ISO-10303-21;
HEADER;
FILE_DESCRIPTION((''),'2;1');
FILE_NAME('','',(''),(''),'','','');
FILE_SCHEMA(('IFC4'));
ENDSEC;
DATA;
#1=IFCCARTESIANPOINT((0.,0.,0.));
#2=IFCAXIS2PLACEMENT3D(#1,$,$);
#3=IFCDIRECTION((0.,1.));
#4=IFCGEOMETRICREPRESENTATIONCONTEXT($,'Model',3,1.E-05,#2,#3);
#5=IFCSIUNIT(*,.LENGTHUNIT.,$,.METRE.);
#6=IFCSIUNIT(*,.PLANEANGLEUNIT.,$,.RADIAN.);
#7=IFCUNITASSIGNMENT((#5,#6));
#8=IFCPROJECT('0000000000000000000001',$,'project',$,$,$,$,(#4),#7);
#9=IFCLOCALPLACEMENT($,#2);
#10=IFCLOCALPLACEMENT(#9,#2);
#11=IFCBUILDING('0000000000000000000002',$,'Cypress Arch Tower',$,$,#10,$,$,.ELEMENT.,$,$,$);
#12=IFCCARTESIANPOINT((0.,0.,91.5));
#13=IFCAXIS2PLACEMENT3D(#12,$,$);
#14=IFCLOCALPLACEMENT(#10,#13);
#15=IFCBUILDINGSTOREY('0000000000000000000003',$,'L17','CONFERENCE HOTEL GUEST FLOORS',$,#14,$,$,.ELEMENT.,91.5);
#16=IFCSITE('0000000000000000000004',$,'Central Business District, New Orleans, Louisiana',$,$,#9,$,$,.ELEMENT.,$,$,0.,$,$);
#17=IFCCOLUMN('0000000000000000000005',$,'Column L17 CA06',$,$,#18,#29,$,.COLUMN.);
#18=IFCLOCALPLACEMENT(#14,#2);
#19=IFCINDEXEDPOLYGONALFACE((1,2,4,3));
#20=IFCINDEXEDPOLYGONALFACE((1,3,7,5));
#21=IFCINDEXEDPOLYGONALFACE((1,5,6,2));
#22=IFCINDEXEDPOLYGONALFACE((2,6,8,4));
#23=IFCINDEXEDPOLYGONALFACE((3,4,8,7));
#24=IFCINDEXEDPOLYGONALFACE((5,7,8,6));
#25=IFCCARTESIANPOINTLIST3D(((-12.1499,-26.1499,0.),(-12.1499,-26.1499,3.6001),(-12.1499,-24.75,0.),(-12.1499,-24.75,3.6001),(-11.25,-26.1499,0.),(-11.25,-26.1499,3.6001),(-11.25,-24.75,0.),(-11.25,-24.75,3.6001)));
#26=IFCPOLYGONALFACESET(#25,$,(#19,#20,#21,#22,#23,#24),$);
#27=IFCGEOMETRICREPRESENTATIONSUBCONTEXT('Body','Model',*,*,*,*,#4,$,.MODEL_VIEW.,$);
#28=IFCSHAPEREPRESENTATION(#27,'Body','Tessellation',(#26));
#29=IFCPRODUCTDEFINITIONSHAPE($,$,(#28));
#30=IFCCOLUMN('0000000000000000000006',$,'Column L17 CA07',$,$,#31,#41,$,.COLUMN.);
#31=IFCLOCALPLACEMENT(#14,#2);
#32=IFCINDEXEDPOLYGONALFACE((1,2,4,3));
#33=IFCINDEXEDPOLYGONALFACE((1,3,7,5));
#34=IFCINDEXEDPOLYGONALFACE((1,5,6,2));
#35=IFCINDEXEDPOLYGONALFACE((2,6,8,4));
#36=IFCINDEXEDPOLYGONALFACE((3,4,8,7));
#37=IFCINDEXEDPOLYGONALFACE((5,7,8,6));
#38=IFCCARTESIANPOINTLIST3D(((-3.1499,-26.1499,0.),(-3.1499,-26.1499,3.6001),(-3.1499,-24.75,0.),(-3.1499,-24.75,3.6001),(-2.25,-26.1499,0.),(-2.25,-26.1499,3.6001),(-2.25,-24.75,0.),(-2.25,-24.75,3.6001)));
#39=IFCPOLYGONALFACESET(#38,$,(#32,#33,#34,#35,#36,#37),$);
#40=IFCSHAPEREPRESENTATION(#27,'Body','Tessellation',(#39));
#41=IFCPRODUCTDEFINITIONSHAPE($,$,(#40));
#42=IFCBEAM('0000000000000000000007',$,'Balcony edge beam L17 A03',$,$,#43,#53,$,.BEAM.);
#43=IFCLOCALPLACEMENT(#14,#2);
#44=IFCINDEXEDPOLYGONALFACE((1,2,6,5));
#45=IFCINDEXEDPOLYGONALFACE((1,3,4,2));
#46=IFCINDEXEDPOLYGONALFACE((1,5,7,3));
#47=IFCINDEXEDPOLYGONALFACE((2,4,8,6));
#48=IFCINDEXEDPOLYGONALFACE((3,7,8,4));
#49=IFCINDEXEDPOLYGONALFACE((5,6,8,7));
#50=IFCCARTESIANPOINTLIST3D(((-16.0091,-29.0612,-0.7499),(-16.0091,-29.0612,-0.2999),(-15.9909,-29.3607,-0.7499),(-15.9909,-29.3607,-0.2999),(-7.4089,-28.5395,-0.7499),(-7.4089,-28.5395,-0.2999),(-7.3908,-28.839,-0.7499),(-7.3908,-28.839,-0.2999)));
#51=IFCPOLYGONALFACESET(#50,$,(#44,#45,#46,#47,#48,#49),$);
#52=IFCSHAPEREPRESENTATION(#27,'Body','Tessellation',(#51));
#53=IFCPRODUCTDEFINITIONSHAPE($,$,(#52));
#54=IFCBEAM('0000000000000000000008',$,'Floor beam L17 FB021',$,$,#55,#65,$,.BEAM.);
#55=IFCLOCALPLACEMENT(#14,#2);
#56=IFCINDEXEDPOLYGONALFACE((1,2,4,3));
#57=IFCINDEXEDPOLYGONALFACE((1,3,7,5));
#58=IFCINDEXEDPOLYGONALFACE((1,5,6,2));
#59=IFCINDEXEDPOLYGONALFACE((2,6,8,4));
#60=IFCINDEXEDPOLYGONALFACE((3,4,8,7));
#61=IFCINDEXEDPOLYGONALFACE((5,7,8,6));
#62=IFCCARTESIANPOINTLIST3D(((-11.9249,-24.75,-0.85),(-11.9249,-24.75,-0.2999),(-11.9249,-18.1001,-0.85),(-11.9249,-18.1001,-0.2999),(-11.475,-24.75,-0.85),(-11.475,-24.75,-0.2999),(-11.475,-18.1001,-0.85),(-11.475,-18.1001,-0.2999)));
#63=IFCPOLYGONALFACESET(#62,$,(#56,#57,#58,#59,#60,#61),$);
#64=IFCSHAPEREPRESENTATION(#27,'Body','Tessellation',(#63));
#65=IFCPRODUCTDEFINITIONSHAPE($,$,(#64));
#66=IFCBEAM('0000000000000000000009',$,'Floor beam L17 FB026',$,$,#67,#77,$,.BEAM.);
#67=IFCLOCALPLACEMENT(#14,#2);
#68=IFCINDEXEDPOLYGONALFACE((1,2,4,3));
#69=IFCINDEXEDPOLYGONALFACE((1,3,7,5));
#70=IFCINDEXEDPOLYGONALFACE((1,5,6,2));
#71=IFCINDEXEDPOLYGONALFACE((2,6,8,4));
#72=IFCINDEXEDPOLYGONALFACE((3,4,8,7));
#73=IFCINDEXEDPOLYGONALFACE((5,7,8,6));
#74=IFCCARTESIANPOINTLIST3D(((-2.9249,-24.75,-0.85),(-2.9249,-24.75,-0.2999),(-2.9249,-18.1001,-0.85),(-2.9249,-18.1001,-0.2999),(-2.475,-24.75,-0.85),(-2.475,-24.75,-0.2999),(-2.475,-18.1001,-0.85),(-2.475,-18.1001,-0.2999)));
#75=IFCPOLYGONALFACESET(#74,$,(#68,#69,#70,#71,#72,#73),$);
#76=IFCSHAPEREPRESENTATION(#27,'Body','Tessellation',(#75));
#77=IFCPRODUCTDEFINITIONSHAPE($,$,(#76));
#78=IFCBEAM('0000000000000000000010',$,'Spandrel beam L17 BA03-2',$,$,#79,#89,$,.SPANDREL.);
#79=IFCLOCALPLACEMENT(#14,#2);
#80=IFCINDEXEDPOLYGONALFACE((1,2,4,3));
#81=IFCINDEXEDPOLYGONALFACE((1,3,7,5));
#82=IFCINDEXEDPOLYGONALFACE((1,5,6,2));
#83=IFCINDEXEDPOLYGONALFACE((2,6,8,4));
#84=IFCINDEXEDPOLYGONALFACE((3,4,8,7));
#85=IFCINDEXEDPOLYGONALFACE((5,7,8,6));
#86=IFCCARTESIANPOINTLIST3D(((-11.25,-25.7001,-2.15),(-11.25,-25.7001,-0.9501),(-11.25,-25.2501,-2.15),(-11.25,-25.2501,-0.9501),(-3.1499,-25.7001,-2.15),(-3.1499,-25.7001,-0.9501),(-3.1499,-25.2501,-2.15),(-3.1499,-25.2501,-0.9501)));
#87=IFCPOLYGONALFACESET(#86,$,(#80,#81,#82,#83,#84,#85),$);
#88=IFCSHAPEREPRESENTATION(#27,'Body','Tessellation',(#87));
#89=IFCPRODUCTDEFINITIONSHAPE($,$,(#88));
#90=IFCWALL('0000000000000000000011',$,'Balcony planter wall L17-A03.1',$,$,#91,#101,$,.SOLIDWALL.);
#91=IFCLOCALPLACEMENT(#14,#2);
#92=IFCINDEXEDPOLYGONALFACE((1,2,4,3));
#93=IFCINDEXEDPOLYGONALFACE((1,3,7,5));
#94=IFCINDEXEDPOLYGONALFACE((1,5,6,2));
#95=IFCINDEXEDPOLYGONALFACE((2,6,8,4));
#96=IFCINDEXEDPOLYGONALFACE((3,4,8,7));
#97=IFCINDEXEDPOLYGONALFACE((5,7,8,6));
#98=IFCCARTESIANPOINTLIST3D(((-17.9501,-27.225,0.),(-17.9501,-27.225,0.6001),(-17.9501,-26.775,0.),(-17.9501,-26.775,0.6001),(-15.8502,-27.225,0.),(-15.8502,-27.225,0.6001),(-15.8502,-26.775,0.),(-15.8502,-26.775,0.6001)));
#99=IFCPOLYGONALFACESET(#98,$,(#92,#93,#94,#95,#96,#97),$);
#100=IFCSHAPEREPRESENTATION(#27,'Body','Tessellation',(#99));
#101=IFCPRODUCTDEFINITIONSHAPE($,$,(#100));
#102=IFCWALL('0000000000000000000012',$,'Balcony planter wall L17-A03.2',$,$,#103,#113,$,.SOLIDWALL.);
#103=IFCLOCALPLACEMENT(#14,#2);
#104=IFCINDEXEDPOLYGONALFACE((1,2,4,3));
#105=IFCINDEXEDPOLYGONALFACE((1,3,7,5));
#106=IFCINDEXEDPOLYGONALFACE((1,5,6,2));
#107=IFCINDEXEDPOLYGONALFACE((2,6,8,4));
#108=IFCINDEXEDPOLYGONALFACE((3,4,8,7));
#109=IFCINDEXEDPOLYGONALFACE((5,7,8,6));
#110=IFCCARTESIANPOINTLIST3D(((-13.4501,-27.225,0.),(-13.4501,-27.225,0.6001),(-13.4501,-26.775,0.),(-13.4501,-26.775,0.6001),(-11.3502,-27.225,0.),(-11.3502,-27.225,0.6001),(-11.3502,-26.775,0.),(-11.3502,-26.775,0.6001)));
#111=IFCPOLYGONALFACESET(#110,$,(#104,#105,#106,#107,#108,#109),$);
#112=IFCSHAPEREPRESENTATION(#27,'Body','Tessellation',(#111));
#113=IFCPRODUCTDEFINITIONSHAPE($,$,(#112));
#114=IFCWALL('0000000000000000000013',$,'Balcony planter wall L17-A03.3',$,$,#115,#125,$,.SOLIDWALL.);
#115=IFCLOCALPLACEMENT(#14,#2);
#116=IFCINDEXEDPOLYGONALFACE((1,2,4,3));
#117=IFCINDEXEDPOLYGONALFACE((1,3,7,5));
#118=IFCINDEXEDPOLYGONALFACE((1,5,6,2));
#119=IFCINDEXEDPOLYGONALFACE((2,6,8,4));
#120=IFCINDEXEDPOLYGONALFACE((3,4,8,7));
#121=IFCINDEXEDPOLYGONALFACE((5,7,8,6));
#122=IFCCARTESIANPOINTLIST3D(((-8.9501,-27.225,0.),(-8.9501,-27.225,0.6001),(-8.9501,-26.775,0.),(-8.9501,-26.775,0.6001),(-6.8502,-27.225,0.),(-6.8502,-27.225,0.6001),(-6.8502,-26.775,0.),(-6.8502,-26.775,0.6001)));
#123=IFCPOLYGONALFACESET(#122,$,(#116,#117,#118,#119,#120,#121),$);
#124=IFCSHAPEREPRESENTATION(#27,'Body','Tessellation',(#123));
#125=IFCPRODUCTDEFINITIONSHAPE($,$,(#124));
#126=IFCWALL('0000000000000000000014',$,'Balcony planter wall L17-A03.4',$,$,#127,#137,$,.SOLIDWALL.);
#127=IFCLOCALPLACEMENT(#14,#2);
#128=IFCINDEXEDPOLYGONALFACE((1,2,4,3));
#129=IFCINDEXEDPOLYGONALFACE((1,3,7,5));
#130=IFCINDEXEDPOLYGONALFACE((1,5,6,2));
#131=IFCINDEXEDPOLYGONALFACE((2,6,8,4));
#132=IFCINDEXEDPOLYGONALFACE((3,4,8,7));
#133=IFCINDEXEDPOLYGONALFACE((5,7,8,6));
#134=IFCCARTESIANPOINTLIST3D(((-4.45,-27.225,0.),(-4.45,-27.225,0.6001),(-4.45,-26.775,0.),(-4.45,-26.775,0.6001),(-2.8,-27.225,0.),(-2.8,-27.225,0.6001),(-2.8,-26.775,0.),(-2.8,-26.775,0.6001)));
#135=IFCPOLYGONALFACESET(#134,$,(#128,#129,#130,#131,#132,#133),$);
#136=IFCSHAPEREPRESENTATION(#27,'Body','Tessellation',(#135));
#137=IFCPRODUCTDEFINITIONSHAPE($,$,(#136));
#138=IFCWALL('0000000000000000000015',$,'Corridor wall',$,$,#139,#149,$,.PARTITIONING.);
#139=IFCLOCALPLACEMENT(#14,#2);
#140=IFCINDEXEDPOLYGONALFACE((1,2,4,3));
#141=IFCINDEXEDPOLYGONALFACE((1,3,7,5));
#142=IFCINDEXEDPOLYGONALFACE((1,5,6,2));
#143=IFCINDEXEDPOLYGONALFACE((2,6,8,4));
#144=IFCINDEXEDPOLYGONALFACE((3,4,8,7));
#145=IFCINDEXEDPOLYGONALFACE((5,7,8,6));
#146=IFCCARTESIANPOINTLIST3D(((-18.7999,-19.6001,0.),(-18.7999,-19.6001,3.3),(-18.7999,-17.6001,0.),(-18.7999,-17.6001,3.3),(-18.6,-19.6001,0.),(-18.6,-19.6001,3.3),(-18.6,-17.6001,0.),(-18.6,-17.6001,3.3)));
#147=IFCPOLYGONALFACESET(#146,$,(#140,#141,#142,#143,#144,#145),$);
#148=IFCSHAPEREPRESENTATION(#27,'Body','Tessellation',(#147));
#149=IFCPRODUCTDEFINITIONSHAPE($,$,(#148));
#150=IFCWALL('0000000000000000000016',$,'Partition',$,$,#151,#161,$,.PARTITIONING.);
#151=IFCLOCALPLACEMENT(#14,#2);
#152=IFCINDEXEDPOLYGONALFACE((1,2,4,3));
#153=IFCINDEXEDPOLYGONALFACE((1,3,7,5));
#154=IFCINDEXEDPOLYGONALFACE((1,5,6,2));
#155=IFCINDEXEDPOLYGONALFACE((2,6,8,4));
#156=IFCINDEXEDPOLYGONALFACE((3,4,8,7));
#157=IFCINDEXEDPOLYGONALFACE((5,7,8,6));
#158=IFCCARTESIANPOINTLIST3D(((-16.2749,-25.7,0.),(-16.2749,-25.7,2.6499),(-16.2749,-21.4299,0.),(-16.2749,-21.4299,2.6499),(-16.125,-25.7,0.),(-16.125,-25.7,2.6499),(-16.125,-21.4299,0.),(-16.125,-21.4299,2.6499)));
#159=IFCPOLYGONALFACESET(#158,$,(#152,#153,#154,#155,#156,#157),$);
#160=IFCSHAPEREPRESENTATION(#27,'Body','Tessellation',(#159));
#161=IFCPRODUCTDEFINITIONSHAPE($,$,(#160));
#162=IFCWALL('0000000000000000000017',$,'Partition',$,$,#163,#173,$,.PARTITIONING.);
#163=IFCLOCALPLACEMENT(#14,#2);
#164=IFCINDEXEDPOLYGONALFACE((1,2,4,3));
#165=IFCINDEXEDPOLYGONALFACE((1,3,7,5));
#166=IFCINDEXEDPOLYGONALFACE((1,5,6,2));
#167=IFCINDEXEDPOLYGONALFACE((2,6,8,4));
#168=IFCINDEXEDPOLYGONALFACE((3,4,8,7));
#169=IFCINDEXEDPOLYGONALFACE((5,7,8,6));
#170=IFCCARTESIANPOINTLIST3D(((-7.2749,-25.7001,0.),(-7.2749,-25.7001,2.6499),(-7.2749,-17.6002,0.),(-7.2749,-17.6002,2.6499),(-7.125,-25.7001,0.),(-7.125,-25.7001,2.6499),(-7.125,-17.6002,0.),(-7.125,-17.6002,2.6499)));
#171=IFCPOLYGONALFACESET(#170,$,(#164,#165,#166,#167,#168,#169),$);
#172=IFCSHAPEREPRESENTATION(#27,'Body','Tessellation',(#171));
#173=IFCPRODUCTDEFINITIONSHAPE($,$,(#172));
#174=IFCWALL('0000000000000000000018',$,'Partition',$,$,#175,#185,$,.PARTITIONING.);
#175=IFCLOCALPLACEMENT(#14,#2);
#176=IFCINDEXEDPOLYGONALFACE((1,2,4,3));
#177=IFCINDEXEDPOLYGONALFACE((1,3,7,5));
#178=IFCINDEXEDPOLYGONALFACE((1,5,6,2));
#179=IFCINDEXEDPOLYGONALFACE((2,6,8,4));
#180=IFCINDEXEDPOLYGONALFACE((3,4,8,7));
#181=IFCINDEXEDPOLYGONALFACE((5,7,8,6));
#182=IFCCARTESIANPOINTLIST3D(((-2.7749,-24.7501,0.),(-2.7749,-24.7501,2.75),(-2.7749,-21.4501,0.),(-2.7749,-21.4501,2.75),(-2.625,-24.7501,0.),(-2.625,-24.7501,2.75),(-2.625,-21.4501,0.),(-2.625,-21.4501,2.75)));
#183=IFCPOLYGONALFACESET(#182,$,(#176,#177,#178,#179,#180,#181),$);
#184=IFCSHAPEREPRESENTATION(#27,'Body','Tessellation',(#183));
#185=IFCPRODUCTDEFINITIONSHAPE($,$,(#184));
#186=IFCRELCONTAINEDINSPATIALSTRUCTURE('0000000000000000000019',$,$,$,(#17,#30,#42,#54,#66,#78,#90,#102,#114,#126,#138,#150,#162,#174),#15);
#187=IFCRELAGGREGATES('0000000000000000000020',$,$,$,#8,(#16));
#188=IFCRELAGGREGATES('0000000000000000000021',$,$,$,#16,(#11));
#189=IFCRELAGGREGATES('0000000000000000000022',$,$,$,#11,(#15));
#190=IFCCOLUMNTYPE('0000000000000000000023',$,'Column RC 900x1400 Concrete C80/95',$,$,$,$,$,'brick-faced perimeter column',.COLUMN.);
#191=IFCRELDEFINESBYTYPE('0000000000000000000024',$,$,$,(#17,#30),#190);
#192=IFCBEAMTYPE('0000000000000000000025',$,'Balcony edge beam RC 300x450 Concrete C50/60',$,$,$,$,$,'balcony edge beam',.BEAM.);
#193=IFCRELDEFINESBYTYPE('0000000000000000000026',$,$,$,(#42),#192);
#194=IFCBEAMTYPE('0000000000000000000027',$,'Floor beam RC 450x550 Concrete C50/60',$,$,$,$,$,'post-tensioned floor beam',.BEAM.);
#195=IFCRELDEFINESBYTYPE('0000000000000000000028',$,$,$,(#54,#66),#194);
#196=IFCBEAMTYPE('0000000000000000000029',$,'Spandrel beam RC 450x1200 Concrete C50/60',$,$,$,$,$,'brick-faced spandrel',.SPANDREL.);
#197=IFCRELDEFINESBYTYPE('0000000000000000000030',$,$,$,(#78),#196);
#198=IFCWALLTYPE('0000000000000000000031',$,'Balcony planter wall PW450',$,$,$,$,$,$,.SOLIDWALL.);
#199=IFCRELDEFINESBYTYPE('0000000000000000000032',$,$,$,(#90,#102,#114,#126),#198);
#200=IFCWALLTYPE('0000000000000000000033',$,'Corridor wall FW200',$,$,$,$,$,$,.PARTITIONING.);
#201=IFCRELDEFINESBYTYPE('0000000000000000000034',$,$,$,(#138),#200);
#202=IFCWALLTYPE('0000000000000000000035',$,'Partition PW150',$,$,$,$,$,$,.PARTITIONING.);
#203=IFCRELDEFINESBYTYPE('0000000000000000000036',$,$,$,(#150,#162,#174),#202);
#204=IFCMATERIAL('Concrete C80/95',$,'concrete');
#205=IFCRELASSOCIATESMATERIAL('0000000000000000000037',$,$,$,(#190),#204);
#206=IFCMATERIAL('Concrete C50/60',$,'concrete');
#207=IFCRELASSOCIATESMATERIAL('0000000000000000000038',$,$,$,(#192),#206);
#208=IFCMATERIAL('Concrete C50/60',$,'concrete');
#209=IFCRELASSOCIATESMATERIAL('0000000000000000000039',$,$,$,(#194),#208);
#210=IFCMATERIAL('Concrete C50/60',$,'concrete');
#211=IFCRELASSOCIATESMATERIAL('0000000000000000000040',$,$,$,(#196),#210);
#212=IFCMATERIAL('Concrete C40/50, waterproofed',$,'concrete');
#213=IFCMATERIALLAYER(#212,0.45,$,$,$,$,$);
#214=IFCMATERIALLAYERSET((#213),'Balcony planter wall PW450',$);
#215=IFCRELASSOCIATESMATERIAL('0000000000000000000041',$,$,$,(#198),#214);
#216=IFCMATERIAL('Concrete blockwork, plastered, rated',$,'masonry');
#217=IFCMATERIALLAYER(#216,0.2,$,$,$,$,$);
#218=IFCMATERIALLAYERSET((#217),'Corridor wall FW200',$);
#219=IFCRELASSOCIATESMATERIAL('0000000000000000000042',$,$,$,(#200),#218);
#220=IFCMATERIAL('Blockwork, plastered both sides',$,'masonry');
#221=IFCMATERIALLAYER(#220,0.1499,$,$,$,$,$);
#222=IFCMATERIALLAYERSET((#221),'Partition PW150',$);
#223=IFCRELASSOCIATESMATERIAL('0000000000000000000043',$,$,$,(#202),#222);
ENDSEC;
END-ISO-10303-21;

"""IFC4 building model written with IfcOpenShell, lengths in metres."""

from ifc_helpers import new_model, si_unit, direction, frame, frame_2d, origin, origin_2d, place, context, subcontext, project, spatial, rectangle, extrude, material, layer, layer_set, material_profile, profile_set, type_object, element, save


model = new_model("IFC4")

# Units and contexts
model_context = context("Model", 3, precision=1e-05, world=origin(), true_north=direction((0.0, 1.0)))
body_context = subcontext(model_context, "Body", "Model", "MODEL_VIEW")
ifc_project = project(units=[si_unit("LENGTHUNIT", "METRE"), si_unit("PLANEANGLEUNIT", "RADIAN")], contexts=[model_context])

# Site, building, storey
site_placement = place(None, origin())
site = spatial("IfcSite", under=ifc_project, at=site_placement, Name="Central Business District, New Orleans, Louisiana", CompositionType="ELEMENT", RefElevation=0.0)
building_placement = place(site_placement, origin())
building = spatial("IfcBuilding", under=site, at=building_placement, Name="Cypress Arch Tower", CompositionType="ELEMENT")
storey_placement = place(building_placement, frame((0.0, 0.0, 91.5)))
storey = spatial("IfcBuildingStorey", under=building, at=storey_placement, Name="L17", Description="CONFERENCE HOTEL GUEST FLOORS", CompositionType="ELEMENT", Elevation=91.5)

# Columns
ifc_material_1 = material(Name="Concrete C80/95", Category="concrete")
ifc_material_profile_1 = material_profile(ifc_material_1, rectangle(XDim=0.8999, YDim=1.3999, at=origin_2d()), Name="RC 900x1400")
ifc_profile_set_1 = profile_set([ifc_material_profile_1], Name="Concrete C80/95")
column_type = type_object("IfcColumnType", Name="Column RC 900x1400 Concrete C80/95", ElementType="brick-faced perimeter column", PredefinedType="COLUMN", material=ifc_profile_set_1)
for number, where, z_axis, x_axis, name in (
    (1, (-11.7, -25.45, 0.0), (0.0, 0.0, 1.0), (1.0, 0.0, 0.0), "Column L17 CA06"),
    (2, (-2.7, -25.45, 0.0), (0.0, 0.0, 1.0), (1.0, 0.0, 0.0), "Column L17 CA07"),
):
    element("IfcColumn", number, at=place(storey_placement, frame(where, z_axis=z_axis, x_axis=x_axis)), inside=storey, type_object=column_type, Name=name, PredefinedType="COLUMN", context=body_context, shape_type="SweptSolid", body=[
        extrude(rectangle(XDim=0.8999, YDim=1.3999, at=origin_2d()), origin(), (0.0, 0.0, 1.0), 3.6001),
    ])

# Beams
ifc_material_2 = material(Name="Concrete C50/60", Category="concrete")
ifc_material_profile_2 = material_profile(ifc_material_2, rectangle(XDim=0.3, YDim=0.45, at=origin_2d()), Name="RC 300x450")
ifc_profile_set_2 = profile_set([ifc_material_profile_2], Name="Concrete C50/60")
beam_type_1 = type_object("IfcBeamType", Name="Balcony edge beam RC 300x450 Concrete C50/60", ElementType="balcony edge beam", PredefinedType="BEAM", material=ifc_profile_set_2)
beam_1_placement = place(storey_placement, frame((-16.0, -29.2109, -0.5249), z_axis=(0.998165, 0.060554, 0.0), x_axis=(-0.060554, 0.998165, 0.0)))
element("IfcBeam", 3, at=beam_1_placement, inside=storey, type_object=beam_type_1, Name="Balcony edge beam L17 A03", PredefinedType="BEAM", context=body_context, shape_type="SweptSolid", body=[
    extrude(rectangle(XDim=0.3, YDim=0.45, at=origin_2d()), origin(), (0.0, 0.0, 1.0), 8.616),
])
ifc_material_3 = material(Name="Concrete C50/60", Category="concrete")
ifc_material_profile_3 = material_profile(ifc_material_3, rectangle(XDim=0.45, YDim=0.55, at=origin_2d()), Name="RC 450x550")
ifc_profile_set_3 = profile_set([ifc_material_profile_3], Name="Concrete C50/60")
beam_type_2 = type_object("IfcBeamType", Name="Floor beam RC 450x550 Concrete C50/60", ElementType="post-tensioned floor beam", PredefinedType="BEAM", material=ifc_profile_set_3)
for number, where, z_axis, x_axis, name in (
    (4, (-11.7, -24.75, -0.575), (0.0, 1.0, 0.0), (-1.0, 0.0, 0.0), "Floor beam L17 FB021"),
    (5, (-2.7, -24.75, -0.575), (0.0, 1.0, 0.0), (-1.0, 0.0, 0.0), "Floor beam L17 FB026"),
):
    element("IfcBeam", number, at=place(storey_placement, frame(where, z_axis=z_axis, x_axis=x_axis)), inside=storey, type_object=beam_type_2, Name=name, PredefinedType="BEAM", context=body_context, shape_type="SweptSolid", body=[
        extrude(rectangle(XDim=0.45, YDim=0.55, at=origin_2d()), origin(), (0.0, 0.0, 1.0), 6.6499),
    ])
ifc_material_4 = material(Name="Concrete C50/60", Category="concrete")
ifc_material_profile_4 = material_profile(ifc_material_4, rectangle(XDim=0.45, YDim=1.2, at=origin_2d()), Name="RC 450x1200")
ifc_profile_set_4 = profile_set([ifc_material_profile_4], Name="Concrete C50/60")
beam_type_3 = type_object("IfcBeamType", Name="Spandrel beam RC 450x1200 Concrete C50/60", ElementType="brick-faced spandrel", PredefinedType="SPANDREL", material=ifc_profile_set_4)
beam_2_placement = place(storey_placement, frame((-11.25, -25.4751, -1.55), z_axis=(1.0, 0.0, 0.0), x_axis=(0.0, 1.0, 0.0)))
element("IfcBeam", 6, at=beam_2_placement, inside=storey, type_object=beam_type_3, Name="Spandrel beam L17 BA03-2", PredefinedType="SPANDREL", context=body_context, shape_type="SweptSolid", body=[
    extrude(rectangle(XDim=0.45, YDim=1.2, at=origin_2d()), origin(), (0.0, 0.0, 1.0), 8.1001),
])

# Walls
ifc_material_5 = material(Name="Concrete C40/50, waterproofed", Category="concrete")
ifc_layer_1 = layer(ifc_material_5, 0.45)
ifc_layer_set_1 = layer_set([ifc_layer_1], Name="Balcony planter wall PW450")
wall_type_1 = type_object("IfcWallType", Name="Balcony planter wall PW450", PredefinedType="SOLIDWALL", material=ifc_layer_set_1)
for number, where, z_axis, x_axis, name in (
    (7, (-17.95, -27.0, 0.0), (0.0, 0.0, 1.0), (1.0, 0.0, 0.0), "Balcony planter wall L17-A03.1"),
    (8, (-13.45, -27.0, 0.0), (0.0, 0.0, 1.0), (1.0, 0.0, 0.0), "Balcony planter wall L17-A03.2"),
    (9, (-8.95, -27.0, 0.0), (0.0, 0.0, 1.0), (1.0, 0.0, 0.0), "Balcony planter wall L17-A03.3"),
):
    element("IfcWall", number, at=place(storey_placement, frame(where, z_axis=z_axis, x_axis=x_axis)), inside=storey, type_object=wall_type_1, Name=name, PredefinedType="SOLIDWALL", context=body_context, shape_type="SweptSolid", body=[
        extrude(rectangle(XDim=2.0999, YDim=0.45, at=frame_2d((1.0498, 0.0))), origin(), (0.0, 0.0, 1.0), 0.6001),
    ])
wall_1_placement = place(storey_placement, frame((-4.45, -27.0, 0.0), z_axis=(0.0, 0.0, 1.0), x_axis=(1.0, 0.0, 0.0)))
element("IfcWall", 10, at=wall_1_placement, inside=storey, type_object=wall_type_1, Name="Balcony planter wall L17-A03.4", PredefinedType="SOLIDWALL", context=body_context, shape_type="SweptSolid", body=[
    extrude(rectangle(XDim=1.6499, YDim=0.45, at=frame_2d((0.825, 0.0))), origin(), (0.0, 0.0, 1.0), 0.6001),
])

# Walls
ifc_material_6 = material(Name="Concrete blockwork, plastered, rated", Category="masonry")
ifc_layer_2 = layer(ifc_material_6, 0.2)
ifc_layer_set_2 = layer_set([ifc_layer_2], Name="Corridor wall FW200")
wall_type_2 = type_object("IfcWallType", Name="Corridor wall FW200", PredefinedType="PARTITIONING", material=ifc_layer_set_2)
wall_2_placement = place(storey_placement, frame((-18.7, -19.6001, 0.0), z_axis=(0.0, 0.0, 1.0), x_axis=(0.0, 1.0, 0.0)))
element("IfcWall", 11, at=wall_2_placement, inside=storey, type_object=wall_type_2, Name="Corridor wall", PredefinedType="PARTITIONING", context=body_context, shape_type="SweptSolid", body=[
    extrude(rectangle(XDim=2.0, YDim=0.2, at=frame_2d((1.0, 0.0))), origin(), (0.0, 0.0, 1.0), 3.3),
])
ifc_material_7 = material(Name="Blockwork, plastered both sides", Category="masonry")
ifc_layer_3 = layer(ifc_material_7, 0.1499)
ifc_layer_set_3 = layer_set([ifc_layer_3], Name="Partition PW150")
wall_type_3 = type_object("IfcWallType", Name="Partition PW150", PredefinedType="PARTITIONING", material=ifc_layer_set_3)
wall_3_placement = place(storey_placement, frame((-16.2, -25.7, 0.0), z_axis=(0.0, 0.0, 1.0), x_axis=(0.0, 1.0, 0.0)))
element("IfcWall", 12, at=wall_3_placement, inside=storey, type_object=wall_type_3, Name="Partition", PredefinedType="PARTITIONING", context=body_context, shape_type="SweptSolid", body=[
    extrude(rectangle(XDim=4.27, YDim=0.1499, at=frame_2d((2.135, 0.0))), origin(), (0.0, 0.0, 1.0), 2.6499),
])
wall_4_placement = place(storey_placement, frame((-7.2, -25.7, 0.0), z_axis=(0.0, 0.0, 1.0), x_axis=(0.0, 1.0, 0.0)))
element("IfcWall", 13, at=wall_4_placement, inside=storey, type_object=wall_type_3, Name="Partition", PredefinedType="PARTITIONING", context=body_context, shape_type="SweptSolid", body=[
    extrude(rectangle(XDim=8.0999, YDim=0.1499, at=frame_2d((4.0498, 0.0))), origin(), (0.0, 0.0, 1.0), 2.6499),
])
wall_5_placement = place(storey_placement, frame((-2.7, -24.75, 0.0), z_axis=(0.0, 0.0, 1.0), x_axis=(0.0, 1.0, 0.0)))
element("IfcWall", 14, at=wall_5_placement, inside=storey, type_object=wall_type_3, Name="Partition", PredefinedType="PARTITIONING", context=body_context, shape_type="SweptSolid", body=[
    extrude(rectangle(XDim=3.3, YDim=0.1499, at=frame_2d((1.6499, 0.0))), origin(), (0.0, 0.0, 1.0), 2.75),
])

save(model, "model.ifc")
